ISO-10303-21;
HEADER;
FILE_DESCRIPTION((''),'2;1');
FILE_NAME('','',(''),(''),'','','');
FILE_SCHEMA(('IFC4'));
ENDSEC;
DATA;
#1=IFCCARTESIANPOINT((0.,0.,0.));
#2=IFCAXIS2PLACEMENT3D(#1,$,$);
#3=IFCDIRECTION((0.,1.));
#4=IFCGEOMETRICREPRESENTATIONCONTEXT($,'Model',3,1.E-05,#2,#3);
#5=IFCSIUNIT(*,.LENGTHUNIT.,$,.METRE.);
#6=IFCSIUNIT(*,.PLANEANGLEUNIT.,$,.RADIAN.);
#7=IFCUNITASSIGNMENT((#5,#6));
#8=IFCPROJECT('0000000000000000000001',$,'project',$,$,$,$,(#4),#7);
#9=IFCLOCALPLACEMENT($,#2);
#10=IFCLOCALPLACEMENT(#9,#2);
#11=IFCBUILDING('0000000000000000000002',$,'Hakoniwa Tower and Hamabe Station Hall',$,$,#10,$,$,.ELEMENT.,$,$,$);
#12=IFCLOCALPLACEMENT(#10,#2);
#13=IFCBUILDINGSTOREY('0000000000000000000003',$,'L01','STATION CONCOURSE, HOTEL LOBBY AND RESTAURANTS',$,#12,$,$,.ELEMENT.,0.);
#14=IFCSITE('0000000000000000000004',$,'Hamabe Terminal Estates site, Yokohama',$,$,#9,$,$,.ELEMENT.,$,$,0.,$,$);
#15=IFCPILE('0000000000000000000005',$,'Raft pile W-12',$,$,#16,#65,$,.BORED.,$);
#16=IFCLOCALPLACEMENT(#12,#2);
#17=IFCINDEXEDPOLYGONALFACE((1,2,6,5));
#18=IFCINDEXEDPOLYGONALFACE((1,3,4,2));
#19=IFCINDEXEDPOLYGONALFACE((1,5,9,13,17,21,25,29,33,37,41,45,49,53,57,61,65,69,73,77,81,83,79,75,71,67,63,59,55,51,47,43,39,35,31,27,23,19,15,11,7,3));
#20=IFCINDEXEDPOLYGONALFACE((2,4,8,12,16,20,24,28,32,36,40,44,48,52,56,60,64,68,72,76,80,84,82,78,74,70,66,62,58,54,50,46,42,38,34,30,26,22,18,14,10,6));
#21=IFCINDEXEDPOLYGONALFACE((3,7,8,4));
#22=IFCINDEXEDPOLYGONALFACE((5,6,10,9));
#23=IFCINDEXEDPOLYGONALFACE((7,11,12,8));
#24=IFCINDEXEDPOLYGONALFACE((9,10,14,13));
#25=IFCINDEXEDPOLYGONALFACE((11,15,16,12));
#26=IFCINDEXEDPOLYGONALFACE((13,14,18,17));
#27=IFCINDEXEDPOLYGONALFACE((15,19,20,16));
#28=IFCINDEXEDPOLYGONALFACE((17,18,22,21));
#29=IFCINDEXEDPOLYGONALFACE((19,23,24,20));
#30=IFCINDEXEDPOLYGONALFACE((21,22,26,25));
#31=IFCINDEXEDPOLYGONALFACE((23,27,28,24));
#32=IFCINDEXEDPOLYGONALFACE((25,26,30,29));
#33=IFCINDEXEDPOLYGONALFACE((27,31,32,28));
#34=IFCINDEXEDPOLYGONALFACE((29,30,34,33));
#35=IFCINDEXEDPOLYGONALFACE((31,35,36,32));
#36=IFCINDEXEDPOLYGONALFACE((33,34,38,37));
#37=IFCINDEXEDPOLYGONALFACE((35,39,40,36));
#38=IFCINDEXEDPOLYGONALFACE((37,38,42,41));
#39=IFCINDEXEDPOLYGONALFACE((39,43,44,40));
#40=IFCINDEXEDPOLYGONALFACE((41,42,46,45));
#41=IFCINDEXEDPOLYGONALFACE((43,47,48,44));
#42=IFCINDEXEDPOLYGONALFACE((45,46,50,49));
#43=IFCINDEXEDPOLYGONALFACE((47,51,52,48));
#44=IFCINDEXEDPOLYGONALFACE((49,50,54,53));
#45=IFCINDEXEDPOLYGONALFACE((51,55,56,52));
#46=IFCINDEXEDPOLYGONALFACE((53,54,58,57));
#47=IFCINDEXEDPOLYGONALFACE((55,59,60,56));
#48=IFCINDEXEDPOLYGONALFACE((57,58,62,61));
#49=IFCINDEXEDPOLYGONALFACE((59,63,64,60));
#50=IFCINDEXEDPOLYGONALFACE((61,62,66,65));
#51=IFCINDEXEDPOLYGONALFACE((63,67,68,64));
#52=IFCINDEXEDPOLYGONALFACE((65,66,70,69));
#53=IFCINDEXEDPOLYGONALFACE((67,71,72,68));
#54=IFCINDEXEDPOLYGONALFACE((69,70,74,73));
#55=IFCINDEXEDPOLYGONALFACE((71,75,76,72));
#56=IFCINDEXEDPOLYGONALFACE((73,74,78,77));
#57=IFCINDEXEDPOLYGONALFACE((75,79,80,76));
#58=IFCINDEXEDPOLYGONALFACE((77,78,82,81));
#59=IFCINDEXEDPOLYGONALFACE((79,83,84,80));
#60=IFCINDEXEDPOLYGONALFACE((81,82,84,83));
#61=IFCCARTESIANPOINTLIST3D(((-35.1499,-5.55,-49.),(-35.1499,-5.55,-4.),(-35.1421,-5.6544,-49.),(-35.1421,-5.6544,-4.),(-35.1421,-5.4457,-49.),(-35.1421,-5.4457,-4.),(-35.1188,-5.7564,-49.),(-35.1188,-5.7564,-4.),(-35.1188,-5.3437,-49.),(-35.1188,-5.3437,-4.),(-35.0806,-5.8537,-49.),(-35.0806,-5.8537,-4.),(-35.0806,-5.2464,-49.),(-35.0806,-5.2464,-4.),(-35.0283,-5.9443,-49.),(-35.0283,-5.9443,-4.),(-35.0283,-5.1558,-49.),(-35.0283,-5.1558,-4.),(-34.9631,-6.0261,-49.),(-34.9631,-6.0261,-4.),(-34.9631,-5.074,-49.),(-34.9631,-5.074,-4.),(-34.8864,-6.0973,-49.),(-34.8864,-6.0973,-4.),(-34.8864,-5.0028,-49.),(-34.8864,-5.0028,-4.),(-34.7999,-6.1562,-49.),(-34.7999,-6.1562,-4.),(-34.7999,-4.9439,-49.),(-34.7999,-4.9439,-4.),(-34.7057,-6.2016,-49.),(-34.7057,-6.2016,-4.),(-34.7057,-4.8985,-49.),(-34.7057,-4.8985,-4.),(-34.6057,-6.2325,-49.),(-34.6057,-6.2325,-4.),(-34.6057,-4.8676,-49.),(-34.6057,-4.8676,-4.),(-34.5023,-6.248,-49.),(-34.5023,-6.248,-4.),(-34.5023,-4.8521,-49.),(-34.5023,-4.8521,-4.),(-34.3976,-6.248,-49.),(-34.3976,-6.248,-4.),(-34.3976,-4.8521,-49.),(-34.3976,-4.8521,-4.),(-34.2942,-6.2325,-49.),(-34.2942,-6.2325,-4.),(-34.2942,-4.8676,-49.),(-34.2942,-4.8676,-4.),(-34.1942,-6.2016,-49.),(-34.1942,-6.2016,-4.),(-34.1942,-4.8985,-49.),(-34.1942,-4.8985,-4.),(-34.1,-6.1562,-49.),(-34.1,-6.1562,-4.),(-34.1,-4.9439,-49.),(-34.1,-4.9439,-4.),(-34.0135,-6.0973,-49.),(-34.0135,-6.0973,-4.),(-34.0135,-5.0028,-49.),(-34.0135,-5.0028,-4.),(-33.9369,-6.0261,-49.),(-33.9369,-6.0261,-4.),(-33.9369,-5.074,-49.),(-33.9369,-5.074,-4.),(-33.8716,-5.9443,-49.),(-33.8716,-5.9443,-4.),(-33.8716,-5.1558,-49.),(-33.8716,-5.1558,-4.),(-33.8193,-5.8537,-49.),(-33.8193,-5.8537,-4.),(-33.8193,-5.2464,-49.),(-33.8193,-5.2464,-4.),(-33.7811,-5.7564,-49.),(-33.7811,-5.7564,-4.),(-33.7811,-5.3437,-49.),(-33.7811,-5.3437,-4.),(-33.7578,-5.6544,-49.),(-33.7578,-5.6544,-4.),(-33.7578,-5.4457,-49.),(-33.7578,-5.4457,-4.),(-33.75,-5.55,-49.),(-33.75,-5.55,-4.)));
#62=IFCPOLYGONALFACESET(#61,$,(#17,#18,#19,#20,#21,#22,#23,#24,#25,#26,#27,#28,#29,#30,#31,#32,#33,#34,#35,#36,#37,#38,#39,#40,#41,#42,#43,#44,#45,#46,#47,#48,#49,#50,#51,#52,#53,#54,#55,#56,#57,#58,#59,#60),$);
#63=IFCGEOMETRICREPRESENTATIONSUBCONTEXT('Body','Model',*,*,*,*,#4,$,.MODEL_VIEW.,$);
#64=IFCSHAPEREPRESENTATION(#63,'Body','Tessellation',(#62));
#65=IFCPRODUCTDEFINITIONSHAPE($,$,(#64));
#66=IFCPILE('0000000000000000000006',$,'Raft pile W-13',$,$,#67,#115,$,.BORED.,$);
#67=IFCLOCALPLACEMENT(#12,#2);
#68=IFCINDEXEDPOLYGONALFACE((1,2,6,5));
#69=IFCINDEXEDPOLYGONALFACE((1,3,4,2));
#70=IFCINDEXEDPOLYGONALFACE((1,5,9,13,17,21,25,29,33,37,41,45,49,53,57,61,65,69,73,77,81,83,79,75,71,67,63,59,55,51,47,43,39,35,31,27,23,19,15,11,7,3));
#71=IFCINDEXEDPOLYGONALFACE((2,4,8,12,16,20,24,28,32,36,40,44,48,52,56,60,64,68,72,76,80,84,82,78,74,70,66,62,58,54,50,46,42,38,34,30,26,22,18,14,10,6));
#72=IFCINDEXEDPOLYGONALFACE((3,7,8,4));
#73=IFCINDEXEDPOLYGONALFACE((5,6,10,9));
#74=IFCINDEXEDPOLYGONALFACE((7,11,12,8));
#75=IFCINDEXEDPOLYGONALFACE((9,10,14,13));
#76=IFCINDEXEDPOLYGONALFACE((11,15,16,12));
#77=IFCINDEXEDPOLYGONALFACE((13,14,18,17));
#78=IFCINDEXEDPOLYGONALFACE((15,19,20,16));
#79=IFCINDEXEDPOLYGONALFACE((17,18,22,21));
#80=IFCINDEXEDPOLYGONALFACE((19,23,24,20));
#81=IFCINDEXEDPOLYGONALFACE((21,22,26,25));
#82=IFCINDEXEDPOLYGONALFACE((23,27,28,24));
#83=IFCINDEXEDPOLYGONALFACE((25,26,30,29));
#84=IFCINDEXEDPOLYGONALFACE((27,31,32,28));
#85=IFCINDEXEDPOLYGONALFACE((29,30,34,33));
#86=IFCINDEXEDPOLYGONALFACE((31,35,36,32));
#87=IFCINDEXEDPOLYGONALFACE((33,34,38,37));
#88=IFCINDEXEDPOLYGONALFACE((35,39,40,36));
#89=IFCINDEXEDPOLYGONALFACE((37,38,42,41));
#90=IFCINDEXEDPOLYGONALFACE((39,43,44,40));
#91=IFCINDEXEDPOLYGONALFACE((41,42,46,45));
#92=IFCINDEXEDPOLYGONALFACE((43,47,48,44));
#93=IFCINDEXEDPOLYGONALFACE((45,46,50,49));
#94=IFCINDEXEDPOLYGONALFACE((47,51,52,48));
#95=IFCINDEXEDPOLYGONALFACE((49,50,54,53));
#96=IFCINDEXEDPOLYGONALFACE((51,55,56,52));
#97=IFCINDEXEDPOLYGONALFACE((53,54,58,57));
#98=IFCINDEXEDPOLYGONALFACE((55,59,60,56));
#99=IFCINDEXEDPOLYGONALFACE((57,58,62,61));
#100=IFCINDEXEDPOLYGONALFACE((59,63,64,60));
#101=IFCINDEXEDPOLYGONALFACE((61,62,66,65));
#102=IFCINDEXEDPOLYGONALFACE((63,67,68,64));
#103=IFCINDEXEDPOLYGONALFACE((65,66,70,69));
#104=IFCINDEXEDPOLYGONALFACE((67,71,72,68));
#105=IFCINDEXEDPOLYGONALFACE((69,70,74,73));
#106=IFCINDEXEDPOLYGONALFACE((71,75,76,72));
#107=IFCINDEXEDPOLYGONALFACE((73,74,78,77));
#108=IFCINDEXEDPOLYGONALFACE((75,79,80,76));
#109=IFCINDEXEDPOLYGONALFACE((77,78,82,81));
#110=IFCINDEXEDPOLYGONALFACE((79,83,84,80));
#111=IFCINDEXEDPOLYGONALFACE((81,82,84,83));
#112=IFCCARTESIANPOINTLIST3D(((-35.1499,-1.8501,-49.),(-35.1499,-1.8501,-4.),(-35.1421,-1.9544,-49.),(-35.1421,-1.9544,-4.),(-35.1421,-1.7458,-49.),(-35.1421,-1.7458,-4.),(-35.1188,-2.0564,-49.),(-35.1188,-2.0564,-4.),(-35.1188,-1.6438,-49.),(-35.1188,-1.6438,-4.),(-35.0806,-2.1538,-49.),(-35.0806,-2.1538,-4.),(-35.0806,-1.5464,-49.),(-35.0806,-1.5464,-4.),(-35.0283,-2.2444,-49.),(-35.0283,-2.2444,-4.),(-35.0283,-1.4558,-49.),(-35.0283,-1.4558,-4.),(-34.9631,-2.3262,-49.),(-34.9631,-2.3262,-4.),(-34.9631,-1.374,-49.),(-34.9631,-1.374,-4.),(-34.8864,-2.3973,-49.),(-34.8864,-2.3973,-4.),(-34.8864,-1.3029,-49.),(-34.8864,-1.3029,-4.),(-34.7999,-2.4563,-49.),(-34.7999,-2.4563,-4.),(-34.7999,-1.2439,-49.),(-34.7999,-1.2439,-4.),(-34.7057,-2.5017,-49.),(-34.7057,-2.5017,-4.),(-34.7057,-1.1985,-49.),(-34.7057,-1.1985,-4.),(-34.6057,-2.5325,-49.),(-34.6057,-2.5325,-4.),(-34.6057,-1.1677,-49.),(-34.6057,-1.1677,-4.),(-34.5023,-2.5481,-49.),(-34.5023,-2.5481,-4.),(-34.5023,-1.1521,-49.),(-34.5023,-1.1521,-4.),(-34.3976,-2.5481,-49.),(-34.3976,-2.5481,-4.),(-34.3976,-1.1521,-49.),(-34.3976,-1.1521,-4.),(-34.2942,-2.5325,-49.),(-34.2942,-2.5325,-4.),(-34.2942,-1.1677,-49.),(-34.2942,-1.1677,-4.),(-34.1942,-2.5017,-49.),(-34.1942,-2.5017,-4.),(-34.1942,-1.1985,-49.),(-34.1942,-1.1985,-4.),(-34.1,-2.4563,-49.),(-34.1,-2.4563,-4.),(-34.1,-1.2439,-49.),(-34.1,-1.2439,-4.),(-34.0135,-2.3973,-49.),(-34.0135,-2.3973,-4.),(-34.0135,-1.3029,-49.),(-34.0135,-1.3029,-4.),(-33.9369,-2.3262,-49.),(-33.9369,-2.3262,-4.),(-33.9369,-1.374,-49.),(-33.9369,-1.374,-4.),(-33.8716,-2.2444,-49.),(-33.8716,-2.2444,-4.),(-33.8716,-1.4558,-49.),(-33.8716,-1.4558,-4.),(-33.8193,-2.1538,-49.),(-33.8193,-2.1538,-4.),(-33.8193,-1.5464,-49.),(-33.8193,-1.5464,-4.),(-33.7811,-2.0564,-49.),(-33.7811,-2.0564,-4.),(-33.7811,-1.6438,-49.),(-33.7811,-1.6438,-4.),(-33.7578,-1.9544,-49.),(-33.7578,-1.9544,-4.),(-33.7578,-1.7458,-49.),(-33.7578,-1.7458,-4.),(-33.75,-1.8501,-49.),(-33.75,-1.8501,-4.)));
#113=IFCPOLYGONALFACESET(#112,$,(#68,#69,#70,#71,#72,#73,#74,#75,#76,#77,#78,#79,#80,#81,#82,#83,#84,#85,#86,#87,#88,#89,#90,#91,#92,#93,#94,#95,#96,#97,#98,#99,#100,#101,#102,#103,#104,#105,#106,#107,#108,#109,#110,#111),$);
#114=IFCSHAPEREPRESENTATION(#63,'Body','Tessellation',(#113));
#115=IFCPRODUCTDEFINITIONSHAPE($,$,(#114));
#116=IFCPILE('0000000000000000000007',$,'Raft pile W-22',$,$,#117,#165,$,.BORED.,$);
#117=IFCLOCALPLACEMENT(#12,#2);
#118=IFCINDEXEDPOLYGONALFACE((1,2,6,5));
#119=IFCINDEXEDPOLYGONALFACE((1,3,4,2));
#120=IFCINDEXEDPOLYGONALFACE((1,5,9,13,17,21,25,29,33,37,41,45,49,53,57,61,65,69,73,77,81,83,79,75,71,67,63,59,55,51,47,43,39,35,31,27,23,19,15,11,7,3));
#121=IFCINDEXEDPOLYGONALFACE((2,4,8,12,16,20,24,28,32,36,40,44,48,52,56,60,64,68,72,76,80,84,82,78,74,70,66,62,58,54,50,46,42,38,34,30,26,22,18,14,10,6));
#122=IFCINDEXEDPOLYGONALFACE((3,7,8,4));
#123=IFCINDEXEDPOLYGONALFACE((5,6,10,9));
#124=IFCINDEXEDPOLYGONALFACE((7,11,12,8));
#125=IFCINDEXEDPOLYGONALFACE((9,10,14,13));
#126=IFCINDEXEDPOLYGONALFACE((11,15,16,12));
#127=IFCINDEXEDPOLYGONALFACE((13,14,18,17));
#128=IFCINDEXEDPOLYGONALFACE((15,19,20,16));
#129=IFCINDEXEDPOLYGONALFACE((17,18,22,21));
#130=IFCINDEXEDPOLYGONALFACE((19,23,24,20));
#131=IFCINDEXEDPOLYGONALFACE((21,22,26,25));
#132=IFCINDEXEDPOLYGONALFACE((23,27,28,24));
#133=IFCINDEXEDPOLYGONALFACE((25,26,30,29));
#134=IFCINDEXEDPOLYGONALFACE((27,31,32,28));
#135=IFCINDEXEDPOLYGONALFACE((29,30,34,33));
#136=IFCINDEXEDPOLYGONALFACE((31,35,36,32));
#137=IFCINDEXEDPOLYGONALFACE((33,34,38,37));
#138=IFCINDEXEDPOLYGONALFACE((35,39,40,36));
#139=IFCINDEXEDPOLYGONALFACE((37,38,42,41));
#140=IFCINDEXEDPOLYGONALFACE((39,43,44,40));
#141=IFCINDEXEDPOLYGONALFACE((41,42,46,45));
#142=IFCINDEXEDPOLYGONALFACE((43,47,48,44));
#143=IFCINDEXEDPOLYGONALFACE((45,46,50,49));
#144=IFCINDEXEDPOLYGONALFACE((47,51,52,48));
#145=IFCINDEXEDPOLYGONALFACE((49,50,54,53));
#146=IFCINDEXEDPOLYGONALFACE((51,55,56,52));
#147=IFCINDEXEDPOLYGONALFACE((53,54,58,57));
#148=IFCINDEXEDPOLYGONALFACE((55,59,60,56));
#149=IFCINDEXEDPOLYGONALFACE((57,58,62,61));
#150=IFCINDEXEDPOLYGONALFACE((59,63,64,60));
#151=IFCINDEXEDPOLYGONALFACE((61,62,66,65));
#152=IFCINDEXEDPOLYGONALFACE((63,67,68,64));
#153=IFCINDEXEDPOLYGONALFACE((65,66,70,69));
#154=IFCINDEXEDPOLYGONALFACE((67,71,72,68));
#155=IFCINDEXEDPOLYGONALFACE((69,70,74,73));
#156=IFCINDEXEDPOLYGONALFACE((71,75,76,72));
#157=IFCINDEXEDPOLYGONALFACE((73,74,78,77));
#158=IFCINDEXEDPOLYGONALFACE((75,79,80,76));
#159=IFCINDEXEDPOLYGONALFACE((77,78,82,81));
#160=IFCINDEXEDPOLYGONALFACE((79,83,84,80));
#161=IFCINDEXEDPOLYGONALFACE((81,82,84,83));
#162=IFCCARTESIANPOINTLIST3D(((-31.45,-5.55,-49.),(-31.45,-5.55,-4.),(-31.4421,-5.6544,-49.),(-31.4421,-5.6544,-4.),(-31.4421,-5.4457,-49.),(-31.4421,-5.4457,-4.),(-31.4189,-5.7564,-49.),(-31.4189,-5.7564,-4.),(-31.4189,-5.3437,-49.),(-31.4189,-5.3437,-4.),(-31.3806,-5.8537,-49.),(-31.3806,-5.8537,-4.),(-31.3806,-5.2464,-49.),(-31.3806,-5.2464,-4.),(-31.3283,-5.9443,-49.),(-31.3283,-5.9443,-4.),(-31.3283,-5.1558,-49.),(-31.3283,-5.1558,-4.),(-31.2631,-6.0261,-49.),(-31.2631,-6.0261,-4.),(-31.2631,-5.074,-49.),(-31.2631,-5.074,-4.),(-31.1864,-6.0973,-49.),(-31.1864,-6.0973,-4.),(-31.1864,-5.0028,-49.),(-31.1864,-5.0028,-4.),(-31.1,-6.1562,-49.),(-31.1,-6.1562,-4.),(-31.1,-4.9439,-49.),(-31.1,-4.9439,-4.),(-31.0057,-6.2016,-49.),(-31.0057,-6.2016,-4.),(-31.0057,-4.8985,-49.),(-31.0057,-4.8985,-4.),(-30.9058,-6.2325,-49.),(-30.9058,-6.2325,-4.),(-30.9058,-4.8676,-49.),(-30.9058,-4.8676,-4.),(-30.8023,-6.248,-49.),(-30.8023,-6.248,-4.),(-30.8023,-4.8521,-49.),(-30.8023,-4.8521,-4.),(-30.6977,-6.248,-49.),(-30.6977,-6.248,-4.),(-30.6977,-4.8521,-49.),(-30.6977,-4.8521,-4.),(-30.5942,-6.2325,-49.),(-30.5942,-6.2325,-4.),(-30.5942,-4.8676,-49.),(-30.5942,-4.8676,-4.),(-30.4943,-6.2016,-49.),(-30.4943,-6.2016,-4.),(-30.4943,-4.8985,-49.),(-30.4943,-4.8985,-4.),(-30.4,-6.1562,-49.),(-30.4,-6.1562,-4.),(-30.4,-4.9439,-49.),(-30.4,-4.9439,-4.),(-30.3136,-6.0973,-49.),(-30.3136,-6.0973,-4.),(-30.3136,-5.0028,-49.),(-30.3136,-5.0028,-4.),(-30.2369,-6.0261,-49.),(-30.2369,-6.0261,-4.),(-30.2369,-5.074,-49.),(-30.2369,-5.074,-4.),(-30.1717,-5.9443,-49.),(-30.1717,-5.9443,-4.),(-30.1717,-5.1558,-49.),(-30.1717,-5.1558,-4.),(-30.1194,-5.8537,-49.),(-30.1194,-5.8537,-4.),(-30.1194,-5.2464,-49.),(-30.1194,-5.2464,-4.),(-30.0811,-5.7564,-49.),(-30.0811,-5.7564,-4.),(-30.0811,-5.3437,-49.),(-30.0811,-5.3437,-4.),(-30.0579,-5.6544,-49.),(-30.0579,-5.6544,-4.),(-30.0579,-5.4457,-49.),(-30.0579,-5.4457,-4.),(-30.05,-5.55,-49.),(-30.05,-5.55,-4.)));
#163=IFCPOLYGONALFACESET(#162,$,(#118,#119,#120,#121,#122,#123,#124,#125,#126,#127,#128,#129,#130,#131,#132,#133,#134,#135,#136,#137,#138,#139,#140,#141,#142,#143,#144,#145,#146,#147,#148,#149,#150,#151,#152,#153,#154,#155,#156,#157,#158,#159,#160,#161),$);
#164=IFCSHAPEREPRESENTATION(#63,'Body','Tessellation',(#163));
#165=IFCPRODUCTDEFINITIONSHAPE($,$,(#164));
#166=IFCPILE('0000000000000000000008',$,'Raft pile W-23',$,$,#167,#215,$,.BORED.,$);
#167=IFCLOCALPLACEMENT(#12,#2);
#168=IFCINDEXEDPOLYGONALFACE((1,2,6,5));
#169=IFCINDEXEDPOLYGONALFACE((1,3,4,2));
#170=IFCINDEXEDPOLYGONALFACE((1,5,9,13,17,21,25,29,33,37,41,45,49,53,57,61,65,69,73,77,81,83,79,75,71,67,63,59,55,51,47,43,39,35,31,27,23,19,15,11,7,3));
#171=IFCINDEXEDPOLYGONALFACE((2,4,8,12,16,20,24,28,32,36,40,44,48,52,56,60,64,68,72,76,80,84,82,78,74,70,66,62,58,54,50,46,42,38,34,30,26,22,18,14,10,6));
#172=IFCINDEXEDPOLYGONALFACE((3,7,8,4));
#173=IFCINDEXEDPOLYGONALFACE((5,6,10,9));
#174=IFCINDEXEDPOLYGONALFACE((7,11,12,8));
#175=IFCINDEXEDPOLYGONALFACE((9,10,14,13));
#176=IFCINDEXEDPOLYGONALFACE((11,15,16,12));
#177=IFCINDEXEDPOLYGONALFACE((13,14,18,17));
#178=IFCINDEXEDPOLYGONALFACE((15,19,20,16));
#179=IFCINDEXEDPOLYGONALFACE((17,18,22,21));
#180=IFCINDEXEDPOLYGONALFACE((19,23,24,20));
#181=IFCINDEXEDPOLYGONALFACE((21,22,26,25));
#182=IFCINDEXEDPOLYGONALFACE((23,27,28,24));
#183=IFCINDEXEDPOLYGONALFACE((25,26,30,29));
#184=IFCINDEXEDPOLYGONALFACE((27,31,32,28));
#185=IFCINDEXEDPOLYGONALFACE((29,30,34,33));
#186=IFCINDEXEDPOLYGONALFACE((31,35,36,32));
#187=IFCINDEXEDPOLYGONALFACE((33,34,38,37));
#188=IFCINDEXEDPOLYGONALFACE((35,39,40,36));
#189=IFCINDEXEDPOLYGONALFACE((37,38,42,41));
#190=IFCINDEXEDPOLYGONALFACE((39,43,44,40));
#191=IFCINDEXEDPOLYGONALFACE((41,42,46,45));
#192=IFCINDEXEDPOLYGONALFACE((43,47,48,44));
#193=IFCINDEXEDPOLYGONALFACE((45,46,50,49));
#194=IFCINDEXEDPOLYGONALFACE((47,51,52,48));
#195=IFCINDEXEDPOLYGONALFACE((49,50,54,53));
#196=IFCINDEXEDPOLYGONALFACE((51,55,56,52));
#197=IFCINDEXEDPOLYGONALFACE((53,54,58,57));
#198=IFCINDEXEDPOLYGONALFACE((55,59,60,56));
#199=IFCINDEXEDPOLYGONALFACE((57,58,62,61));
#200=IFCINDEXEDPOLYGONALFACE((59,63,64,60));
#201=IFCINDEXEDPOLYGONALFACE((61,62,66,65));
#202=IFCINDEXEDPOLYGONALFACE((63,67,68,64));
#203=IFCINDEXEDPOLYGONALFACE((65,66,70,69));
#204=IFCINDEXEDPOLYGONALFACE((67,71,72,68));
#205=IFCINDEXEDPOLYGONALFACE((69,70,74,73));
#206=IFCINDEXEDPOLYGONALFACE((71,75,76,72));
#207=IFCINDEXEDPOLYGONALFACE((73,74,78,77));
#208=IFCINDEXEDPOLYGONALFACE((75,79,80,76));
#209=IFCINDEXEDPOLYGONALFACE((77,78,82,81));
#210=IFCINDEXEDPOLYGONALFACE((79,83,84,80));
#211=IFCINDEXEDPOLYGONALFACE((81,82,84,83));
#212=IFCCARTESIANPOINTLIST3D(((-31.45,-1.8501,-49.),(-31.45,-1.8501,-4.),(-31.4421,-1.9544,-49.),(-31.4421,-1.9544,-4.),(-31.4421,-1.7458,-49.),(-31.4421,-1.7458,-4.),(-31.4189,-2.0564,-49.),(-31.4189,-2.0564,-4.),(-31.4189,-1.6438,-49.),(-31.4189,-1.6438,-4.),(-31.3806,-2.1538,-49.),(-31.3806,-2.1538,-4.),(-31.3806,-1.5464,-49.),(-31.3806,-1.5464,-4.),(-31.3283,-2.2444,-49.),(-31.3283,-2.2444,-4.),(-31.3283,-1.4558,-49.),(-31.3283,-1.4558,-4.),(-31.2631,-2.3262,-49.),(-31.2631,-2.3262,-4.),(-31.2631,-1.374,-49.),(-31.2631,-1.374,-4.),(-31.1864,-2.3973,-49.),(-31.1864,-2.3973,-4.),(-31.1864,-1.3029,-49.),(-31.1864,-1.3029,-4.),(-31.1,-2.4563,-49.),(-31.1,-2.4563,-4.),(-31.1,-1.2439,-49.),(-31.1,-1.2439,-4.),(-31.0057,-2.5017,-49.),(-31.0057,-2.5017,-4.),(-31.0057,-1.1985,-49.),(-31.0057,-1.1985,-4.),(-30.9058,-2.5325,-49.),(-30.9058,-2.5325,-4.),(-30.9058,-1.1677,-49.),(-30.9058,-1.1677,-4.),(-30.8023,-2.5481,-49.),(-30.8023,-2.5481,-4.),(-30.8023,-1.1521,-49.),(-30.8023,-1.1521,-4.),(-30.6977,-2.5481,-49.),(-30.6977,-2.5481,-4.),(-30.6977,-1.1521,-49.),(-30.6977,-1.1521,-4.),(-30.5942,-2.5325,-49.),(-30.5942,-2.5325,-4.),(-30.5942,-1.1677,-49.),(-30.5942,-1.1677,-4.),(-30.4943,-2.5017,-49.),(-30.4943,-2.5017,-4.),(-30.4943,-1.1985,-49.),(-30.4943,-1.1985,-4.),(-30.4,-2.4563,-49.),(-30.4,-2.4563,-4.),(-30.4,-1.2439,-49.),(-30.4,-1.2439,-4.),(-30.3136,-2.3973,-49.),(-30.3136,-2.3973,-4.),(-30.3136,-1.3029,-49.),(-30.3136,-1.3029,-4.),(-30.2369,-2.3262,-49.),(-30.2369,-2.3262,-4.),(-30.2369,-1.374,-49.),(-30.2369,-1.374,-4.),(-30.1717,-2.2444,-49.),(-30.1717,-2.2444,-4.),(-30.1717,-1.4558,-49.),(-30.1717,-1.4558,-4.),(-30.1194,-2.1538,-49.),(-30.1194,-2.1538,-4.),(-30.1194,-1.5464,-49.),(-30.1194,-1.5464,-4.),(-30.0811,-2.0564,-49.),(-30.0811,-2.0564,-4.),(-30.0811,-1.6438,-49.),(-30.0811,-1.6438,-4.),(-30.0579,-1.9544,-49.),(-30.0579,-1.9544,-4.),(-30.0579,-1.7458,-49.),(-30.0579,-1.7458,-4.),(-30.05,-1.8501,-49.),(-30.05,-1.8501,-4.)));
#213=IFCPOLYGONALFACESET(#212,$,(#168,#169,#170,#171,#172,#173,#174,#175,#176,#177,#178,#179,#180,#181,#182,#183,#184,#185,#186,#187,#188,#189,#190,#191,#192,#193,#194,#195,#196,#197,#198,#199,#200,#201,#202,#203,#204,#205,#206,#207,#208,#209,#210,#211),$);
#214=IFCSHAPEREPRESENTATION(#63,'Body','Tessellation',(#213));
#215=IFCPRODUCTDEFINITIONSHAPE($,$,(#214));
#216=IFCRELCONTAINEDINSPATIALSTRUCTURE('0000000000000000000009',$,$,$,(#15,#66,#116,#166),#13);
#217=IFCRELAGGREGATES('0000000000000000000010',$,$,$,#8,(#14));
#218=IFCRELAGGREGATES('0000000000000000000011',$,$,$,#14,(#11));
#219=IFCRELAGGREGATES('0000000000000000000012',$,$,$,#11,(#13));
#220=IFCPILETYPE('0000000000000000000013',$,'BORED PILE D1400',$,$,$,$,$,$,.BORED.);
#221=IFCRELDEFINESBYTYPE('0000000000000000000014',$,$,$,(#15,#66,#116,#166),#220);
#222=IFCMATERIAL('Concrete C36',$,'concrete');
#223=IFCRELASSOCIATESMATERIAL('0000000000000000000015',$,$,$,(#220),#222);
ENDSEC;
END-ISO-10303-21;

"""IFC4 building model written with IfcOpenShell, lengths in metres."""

from ifc_helpers import new_model, si_unit, direction, frame, origin, origin_2d, place, context, subcontext, project, spatial, circle, extrude, material, material_profile, profile_set, type_object, element, save


model = new_model("IFC4")

# Units and contexts
model_context = context("Model", 3, precision=1e-05, world=origin(), true_north=direction((0.0, 1.0)))
body_context = subcontext(model_context, "Body", "Model", "MODEL_VIEW")
ifc_project = project(units=[si_unit("LENGTHUNIT", "METRE"), si_unit("PLANEANGLEUNIT", "RADIAN")], contexts=[model_context])

# Site, building, storey
site_placement = place(None, origin())
site = spatial("IfcSite", under=ifc_project, at=site_placement, Name="Hamabe Terminal Estates site, Yokohama", CompositionType="ELEMENT", RefElevation=0.0)
building_placement = place(site_placement, origin())
building = spatial("IfcBuilding", under=site, at=building_placement, Name="Hakoniwa Tower and Hamabe Station Hall", CompositionType="ELEMENT")
storey_placement = place(building_placement, origin())
storey = spatial("IfcBuildingStorey", under=building, at=storey_placement, Name="L01", Description="STATION CONCOURSE, HOTEL LOBBY AND RESTAURANTS", CompositionType="ELEMENT", Elevation=0.0)

# Piles
ifc_material_1 = material(Name="Concrete C36", Category="concrete")
ifc_material_profile_1 = material_profile(ifc_material_1, circle(Radius=0.7, at=origin_2d()), Name="BORED PILE D1400")
ifc_profile_set_1 = profile_set([ifc_material_profile_1], Name="Concrete C36")
pile_type = type_object("IfcPileType", Name="BORED PILE D1400", PredefinedType="BORED", material=ifc_profile_set_1)
for number, where, z_axis, x_axis, name in (
    (1, (-34.45, -5.55, -4.0), (0.0, 0.0, -1.0), (1.0, 0.0, 0.0), "Raft pile W-12"),
    (2, (-34.45, -1.8501, -4.0), (0.0, 0.0, -1.0), (1.0, 0.0, 0.0), "Raft pile W-13"),
    (3, (-30.75, -5.55, -4.0), (0.0, 0.0, -1.0), (1.0, 0.0, 0.0), "Raft pile W-22"),
    (4, (-30.75, -1.8501, -4.0), (0.0, 0.0, -1.0), (1.0, 0.0, 0.0), "Raft pile W-23"),
):
    element("IfcPile", number, at=place(storey_placement, frame(where, z_axis=z_axis, x_axis=x_axis)), inside=storey, type_object=pile_type, Name=name, PredefinedType="BORED", context=body_context, shape_type="SweptSolid", body=[
        extrude(circle(Radius=0.7, at=origin_2d()), origin(), (0.0, 0.0, 1.0), 45.0),
    ])

save(model, "model.ifc")
